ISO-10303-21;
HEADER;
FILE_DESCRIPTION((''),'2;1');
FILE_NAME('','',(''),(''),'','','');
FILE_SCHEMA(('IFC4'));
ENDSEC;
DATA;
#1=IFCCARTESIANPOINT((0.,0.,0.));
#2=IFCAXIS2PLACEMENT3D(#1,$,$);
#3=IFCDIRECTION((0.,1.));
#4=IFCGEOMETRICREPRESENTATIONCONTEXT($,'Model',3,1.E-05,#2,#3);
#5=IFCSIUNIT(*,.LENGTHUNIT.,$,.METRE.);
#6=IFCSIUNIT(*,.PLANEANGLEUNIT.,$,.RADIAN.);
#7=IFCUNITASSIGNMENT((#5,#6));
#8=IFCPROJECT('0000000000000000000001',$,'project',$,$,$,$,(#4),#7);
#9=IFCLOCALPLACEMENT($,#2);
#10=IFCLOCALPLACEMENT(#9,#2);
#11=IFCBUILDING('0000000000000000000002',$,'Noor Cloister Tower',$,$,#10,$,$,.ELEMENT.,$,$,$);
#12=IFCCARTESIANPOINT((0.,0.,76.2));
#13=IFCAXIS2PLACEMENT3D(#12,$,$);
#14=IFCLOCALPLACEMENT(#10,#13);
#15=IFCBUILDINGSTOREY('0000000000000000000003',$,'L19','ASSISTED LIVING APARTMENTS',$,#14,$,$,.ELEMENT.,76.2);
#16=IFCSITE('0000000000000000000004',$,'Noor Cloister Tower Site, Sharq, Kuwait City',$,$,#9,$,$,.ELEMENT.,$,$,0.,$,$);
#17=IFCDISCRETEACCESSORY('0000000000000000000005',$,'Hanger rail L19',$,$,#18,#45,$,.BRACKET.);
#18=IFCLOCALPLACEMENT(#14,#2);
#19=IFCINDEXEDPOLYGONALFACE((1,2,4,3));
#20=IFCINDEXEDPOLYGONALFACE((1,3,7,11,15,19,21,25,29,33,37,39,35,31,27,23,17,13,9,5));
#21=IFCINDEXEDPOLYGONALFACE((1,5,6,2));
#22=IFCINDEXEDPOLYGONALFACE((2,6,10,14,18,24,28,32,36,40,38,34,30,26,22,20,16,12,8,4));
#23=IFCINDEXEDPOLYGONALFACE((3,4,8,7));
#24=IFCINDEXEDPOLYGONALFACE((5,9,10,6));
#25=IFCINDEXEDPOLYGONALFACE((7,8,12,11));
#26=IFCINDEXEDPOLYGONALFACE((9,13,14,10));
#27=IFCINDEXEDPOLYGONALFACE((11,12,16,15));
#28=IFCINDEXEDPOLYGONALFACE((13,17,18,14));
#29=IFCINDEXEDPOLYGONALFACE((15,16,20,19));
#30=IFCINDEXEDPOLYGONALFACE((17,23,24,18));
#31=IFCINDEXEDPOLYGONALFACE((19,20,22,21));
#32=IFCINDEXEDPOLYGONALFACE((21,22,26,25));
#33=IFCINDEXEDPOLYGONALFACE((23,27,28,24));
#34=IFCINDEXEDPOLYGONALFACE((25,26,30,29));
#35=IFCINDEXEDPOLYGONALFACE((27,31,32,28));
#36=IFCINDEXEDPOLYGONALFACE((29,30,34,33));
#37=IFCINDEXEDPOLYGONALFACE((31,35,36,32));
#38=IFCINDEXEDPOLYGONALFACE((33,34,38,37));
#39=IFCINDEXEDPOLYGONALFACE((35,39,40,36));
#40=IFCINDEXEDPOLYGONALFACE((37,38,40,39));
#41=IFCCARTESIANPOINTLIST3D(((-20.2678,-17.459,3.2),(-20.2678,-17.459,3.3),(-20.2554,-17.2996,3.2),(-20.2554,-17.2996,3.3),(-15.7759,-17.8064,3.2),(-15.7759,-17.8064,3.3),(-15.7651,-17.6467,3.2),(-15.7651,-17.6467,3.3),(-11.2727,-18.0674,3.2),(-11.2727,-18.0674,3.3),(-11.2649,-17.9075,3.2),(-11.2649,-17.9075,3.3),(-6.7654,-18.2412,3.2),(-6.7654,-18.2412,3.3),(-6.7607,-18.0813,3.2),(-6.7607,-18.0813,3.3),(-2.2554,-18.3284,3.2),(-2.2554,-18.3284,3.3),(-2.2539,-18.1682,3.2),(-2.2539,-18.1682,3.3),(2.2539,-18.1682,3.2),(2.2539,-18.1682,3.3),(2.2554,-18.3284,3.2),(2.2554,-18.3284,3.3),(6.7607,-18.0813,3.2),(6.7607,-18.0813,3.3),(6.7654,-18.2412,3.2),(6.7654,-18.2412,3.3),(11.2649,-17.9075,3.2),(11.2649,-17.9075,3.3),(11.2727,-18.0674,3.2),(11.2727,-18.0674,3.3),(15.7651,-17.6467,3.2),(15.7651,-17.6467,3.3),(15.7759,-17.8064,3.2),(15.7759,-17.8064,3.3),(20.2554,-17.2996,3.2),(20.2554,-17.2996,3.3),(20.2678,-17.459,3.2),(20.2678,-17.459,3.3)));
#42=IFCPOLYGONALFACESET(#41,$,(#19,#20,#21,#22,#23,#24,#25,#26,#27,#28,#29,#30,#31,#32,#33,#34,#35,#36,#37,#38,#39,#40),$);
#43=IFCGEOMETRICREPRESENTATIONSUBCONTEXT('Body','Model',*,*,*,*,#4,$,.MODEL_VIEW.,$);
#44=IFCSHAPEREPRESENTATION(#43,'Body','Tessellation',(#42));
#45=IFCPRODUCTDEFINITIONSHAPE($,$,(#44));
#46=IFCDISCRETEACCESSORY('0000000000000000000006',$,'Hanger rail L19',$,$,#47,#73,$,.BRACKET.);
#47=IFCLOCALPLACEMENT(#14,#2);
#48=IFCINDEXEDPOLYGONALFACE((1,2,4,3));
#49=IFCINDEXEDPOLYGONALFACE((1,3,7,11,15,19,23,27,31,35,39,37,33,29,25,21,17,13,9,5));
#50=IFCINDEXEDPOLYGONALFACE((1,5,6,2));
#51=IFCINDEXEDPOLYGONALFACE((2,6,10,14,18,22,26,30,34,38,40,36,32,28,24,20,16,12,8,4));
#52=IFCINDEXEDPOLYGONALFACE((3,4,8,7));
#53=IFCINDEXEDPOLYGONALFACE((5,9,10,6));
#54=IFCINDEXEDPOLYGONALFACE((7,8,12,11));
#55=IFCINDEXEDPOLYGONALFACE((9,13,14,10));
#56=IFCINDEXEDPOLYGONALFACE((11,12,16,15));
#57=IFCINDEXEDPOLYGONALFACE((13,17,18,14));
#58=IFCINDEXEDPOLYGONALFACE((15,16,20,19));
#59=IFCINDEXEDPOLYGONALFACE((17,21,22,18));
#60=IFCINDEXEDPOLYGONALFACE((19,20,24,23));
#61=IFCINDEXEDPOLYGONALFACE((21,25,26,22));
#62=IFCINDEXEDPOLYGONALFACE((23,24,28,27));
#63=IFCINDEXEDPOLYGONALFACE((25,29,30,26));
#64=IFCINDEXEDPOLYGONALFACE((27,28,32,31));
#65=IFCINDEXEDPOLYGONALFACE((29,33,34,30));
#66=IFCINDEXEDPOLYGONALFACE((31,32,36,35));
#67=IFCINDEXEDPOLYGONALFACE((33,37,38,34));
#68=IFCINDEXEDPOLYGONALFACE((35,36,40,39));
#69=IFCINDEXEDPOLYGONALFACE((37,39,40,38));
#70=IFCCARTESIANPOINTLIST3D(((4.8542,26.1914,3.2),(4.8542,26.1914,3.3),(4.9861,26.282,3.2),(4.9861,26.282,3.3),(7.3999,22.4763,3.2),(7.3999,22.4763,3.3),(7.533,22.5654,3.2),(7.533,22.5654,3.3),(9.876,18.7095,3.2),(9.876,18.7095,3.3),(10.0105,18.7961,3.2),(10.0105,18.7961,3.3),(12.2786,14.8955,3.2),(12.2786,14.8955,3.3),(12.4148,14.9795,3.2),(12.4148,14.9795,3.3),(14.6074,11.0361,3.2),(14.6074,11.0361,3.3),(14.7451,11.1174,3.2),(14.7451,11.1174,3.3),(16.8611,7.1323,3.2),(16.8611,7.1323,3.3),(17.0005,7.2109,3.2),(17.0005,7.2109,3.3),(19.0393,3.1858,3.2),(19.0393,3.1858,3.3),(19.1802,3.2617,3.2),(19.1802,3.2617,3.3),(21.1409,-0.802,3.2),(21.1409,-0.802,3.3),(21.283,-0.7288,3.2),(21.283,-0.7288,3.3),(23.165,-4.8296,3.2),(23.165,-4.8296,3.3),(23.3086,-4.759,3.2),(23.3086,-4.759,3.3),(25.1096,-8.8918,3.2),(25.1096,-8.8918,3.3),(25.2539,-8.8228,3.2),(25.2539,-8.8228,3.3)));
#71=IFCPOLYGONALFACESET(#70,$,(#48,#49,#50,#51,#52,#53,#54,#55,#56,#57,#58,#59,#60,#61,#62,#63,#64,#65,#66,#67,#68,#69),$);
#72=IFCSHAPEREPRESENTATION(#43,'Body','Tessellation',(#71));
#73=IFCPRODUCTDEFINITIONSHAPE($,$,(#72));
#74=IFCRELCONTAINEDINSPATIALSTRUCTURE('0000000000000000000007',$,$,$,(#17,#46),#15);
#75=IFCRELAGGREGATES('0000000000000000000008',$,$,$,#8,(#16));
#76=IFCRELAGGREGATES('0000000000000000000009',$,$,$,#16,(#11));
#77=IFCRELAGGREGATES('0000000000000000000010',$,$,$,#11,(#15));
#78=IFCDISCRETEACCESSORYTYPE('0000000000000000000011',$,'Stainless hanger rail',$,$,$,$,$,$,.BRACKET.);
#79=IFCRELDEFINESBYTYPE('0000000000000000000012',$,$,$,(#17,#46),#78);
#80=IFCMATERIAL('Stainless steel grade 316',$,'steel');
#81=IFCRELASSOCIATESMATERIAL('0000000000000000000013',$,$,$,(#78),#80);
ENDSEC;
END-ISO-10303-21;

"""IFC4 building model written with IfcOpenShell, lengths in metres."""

from ifc_helpers import new_model, si_unit, direction, frame, origin, place, context, subcontext, project, spatial, polyline, outline, extrude, material, type_object, element, save


model = new_model("IFC4")

# Units and contexts
model_context = context("Model", 3, precision=1e-05, world=origin(), true_north=direction((0.0, 1.0)))
body_context = subcontext(model_context, "Body", "Model", "MODEL_VIEW")
ifc_project = project(units=[si_unit("LENGTHUNIT", "METRE"), si_unit("PLANEANGLEUNIT", "RADIAN")], contexts=[model_context])

# Site, building, storey
site_placement = place(None, origin())
site = spatial("IfcSite", under=ifc_project, at=site_placement, Name="Noor Cloister Tower Site, Sharq, Kuwait City", CompositionType="ELEMENT", RefElevation=0.0)
building_placement = place(site_placement, origin())
building = spatial("IfcBuilding", under=site, at=building_placement, Name="Noor Cloister Tower", CompositionType="ELEMENT")
storey_placement = place(building_placement, frame((0.0, 0.0, 76.2)))
storey = spatial("IfcBuildingStorey", under=building, at=storey_placement, Name="L19", Description="ASSISTED LIVING APARTMENTS", CompositionType="ELEMENT", Elevation=76.2)

# Discrete accessories
ifc_material_1 = material(Name="Stainless steel grade 316", Category="steel")
discrete_accessory_type = type_object("IfcDiscreteAccessoryType", Name="Stainless hanger rail", PredefinedType="BRACKET", material=ifc_material_1)
discrete_accessory_1_placement = place(storey_placement, frame((0.0, 0.0, 3.2)))
element("IfcDiscreteAccessory", 1, at=discrete_accessory_1_placement, inside=storey, type_object=discrete_accessory_type, Name="Hanger rail L19", PredefinedType="BRACKET", context=body_context, shape_type="SweptSolid", body=[
    extrude(outline(polyline([(-20.2678, -17.459), (-15.7759, -17.8064), (-11.2727, -18.0674), (-6.7654, -18.2412), (-2.2554, -18.3284), (2.2554, -18.3284), (6.7654, -18.2412), (11.2727, -18.0674), (15.7759, -17.8064), (20.2678, -17.459), (20.2554, -17.2996), (15.7651, -17.6467), (11.2649, -17.9075), (6.7607, -18.0813), (2.2539, -18.1682), (-2.2539, -18.1682), (-6.7607, -18.0813), (-11.2649, -17.9075), (-15.7651, -17.6467), (-20.2554, -17.2996), (-20.2678, -17.459)])), origin(), (0.0, 0.0, 1.0), 0.1001),
])
discrete_accessory_2_placement = place(storey_placement, frame((0.0, 0.0, 3.2)))
element("IfcDiscreteAccessory", 2, at=discrete_accessory_2_placement, inside=storey, type_object=discrete_accessory_type, Name="Hanger rail L19", PredefinedType="BRACKET", context=body_context, shape_type="SweptSolid", body=[
    extrude(outline(polyline([(25.2539, -8.8228), (23.3086, -4.759), (21.283, -0.7288), (19.1802, 3.2617), (17.0005, 7.2109), (14.7451, 11.1174), (12.4148, 14.9795), (10.0105, 18.7961), (7.533, 22.5654), (4.9861, 26.282), (4.8542, 26.1914), (7.3999, 22.4763), (9.876, 18.7095), (12.2786, 14.8955), (14.6074, 11.0361), (16.8611, 7.1323), (19.0393, 3.1858), (21.1409, -0.802), (23.165, -4.8296), (25.1096, -8.8918), (25.2539, -8.8228)])), origin(), (0.0, 0.0, 1.0), 0.1001),
])

save(model, "model.ifc")
